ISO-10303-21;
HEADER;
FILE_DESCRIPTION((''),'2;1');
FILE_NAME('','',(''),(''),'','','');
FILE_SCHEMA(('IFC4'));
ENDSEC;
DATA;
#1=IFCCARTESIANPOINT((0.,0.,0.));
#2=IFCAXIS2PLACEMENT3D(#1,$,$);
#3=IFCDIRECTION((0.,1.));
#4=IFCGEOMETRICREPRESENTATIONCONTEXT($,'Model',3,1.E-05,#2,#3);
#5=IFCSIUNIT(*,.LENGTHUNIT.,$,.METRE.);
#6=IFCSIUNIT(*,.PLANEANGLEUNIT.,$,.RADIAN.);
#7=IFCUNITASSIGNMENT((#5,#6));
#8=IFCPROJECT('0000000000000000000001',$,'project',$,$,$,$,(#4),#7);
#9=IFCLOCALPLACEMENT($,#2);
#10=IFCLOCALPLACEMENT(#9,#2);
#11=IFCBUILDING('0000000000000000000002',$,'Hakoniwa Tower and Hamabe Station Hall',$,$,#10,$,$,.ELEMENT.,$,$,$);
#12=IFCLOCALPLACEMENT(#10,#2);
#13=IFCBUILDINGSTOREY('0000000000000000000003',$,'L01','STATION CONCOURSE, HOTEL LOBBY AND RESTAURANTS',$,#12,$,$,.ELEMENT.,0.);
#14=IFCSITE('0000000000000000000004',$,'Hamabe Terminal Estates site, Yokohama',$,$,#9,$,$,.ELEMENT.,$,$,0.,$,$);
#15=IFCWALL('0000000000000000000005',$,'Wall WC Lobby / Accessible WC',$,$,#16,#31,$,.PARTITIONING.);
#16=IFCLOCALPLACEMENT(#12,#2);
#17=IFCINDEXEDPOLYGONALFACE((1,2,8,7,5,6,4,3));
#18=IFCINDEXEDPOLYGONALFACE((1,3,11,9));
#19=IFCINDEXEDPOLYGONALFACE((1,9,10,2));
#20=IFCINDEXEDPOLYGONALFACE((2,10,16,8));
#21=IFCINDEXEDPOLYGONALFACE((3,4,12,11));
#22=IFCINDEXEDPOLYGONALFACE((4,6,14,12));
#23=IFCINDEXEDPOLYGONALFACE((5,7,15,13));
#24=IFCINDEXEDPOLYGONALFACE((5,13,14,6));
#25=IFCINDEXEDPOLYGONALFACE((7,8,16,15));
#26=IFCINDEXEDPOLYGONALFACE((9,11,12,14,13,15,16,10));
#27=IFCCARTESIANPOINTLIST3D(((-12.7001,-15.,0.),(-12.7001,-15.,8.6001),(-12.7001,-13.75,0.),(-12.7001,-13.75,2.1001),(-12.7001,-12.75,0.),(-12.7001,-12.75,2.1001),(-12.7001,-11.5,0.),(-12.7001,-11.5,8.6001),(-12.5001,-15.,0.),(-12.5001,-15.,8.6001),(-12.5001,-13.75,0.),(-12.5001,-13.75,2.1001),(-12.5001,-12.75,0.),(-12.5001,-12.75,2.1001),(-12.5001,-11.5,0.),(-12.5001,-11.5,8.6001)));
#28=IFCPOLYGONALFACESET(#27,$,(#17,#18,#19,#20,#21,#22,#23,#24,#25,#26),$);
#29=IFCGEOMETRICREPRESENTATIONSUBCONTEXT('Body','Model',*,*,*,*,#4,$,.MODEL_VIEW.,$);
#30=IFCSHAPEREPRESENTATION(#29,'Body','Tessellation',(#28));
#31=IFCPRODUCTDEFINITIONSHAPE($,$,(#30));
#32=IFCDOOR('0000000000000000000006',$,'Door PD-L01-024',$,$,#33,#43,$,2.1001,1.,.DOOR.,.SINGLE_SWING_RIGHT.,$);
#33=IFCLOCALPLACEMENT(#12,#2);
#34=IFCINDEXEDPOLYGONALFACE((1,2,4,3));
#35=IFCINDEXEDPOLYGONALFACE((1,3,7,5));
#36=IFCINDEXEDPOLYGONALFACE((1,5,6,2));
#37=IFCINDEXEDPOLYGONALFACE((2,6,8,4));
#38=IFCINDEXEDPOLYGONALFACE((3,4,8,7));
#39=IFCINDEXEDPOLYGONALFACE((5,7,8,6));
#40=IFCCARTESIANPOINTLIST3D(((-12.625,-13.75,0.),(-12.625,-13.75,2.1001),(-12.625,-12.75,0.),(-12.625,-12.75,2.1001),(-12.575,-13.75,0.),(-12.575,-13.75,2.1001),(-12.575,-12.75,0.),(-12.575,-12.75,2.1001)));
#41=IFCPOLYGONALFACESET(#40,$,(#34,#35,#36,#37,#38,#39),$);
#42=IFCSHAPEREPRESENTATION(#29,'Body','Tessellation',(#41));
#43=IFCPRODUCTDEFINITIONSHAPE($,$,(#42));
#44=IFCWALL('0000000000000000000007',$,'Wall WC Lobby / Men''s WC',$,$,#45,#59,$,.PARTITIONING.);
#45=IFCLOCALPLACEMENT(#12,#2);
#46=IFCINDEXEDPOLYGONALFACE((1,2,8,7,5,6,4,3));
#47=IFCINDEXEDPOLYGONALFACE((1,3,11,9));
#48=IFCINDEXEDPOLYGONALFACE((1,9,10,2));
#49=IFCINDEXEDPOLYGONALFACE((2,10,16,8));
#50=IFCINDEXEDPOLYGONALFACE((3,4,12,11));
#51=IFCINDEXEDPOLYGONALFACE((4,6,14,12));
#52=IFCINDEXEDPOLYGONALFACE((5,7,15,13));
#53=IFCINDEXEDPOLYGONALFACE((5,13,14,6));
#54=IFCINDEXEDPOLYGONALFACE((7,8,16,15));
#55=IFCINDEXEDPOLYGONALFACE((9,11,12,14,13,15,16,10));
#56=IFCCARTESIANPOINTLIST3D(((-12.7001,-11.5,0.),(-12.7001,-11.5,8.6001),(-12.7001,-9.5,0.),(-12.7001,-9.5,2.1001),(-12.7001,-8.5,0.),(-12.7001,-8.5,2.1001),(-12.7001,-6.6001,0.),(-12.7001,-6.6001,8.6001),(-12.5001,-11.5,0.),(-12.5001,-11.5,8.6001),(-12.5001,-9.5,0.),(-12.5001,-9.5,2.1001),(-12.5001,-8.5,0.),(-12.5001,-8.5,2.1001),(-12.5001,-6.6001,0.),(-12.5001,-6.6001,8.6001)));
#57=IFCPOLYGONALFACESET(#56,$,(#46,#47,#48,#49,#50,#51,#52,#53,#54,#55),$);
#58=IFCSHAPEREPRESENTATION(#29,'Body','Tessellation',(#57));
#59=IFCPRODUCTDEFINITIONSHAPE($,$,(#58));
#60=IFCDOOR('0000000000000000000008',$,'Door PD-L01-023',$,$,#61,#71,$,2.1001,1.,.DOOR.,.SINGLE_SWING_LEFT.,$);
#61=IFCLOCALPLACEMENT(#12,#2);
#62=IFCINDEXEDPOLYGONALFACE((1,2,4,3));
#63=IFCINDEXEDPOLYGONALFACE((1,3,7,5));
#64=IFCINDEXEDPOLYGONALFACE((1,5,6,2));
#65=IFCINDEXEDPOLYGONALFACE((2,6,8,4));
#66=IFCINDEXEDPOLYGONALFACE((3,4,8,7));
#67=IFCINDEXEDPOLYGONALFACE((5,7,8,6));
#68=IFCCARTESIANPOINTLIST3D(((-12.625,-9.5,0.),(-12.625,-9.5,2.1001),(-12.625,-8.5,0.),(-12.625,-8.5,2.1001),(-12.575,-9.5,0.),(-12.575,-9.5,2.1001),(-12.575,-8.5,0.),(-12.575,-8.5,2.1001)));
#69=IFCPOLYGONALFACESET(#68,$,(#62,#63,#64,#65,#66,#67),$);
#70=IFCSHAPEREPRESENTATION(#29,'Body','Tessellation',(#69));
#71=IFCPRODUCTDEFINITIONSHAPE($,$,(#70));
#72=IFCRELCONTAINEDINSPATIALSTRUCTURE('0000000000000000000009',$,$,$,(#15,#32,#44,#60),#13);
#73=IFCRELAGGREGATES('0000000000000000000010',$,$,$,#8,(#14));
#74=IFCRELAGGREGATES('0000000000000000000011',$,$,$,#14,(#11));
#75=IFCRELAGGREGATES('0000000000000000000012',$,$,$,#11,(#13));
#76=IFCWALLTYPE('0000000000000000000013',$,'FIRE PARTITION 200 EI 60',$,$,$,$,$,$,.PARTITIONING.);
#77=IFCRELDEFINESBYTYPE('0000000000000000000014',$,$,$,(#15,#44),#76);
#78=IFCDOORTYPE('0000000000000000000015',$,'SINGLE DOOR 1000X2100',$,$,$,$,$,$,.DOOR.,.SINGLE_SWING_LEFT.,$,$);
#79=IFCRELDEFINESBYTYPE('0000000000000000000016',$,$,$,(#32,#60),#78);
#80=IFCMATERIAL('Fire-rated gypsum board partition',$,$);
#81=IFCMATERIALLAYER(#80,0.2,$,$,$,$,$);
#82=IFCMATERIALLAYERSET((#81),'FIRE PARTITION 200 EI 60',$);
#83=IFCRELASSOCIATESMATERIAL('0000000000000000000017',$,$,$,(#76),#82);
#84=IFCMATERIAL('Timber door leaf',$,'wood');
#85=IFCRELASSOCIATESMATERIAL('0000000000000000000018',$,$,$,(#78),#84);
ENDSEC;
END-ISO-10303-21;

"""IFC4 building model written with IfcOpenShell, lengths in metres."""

from ifc_helpers import new_model, si_unit, direction, frame, frame_2d, origin, place, context, subcontext, project, spatial, rectangle, extrude, material, layer, layer_set, type_object, element, fill, save


model = new_model("IFC4")

# Units and contexts
model_context = context("Model", 3, precision=1e-05, world=origin(), true_north=direction((0.0, 1.0)))
body_context = subcontext(model_context, "Body", "Model", "MODEL_VIEW")
ifc_project = project(units=[si_unit("LENGTHUNIT", "METRE"), si_unit("PLANEANGLEUNIT", "RADIAN")], contexts=[model_context])

# Site, building, storey
site_placement = place(None, origin())
site = spatial("IfcSite", under=ifc_project, at=site_placement, Name="Hamabe Terminal Estates site, Yokohama", CompositionType="ELEMENT", RefElevation=0.0)
building_placement = place(site_placement, origin())
building = spatial("IfcBuilding", under=site, at=building_placement, Name="Hakoniwa Tower and Hamabe Station Hall", CompositionType="ELEMENT")
storey_placement = place(building_placement, origin())
storey = spatial("IfcBuildingStorey", under=building, at=storey_placement, Name="L01", Description="STATION CONCOURSE, HOTEL LOBBY AND RESTAURANTS", CompositionType="ELEMENT", Elevation=0.0)

# Shared definitions
ifc_material_1 = material(Name="Fire-rated gypsum board partition")
ifc_layer_1 = layer(ifc_material_1, 0.2)
ifc_layer_set_1 = layer_set([ifc_layer_1], Name="FIRE PARTITION 200 EI 60")
wall_type_1 = type_object("IfcWallType", Name="FIRE PARTITION 200 EI 60", PredefinedType="PARTITIONING", material=ifc_layer_set_1)

# Walls, openings, doors
wall_1_placement = place(storey_placement, frame((-12.6001, -15.0, 0.0), z_axis=(0.0, 0.0, 1.0), x_axis=(0.0, 1.0, 0.0)))
wall_1 = element("IfcWall", 1, at=wall_1_placement, inside=storey, type_object=wall_type_1, Name="Wall WC Lobby / Accessible WC", PredefinedType="PARTITIONING", context=body_context, shape_type="SweptSolid", body=[
    extrude(rectangle(XDim=3.5, YDim=0.2, at=frame_2d((1.75, 0.0))), origin(), (0.0, 0.0, 1.0), 8.6001),
])
opening_1_placement = place(wall_1_placement, frame((1.25, 0.0, 0.0)))
opening_1 = element("IfcOpeningElement", 2, at=opening_1_placement, cuts=wall_1, PredefinedType="OPENING", context=body_context, shape_type="SweptSolid", body=[
    extrude(rectangle(XDim=1.0, YDim=2.1001, at=frame_2d((0.5, 1.05))), frame((0.0, 0.1099, 0.0), z_axis=(0.0, -1.0, 0.0), x_axis=(1.0, 0.0, 0.0)), (0.0, 0.0, 1.0), 0.22),
])
ifc_material_2 = material(Name="Timber door leaf", Category="wood")
door_type_1 = type_object("IfcDoorType", Name="SINGLE DOOR 1000X2100", OperationType="SINGLE_SWING_LEFT", PredefinedType="DOOR", material=ifc_material_2)
door_1_placement = place(opening_1_placement, origin())
door_1 = element("IfcDoor", 3, at=door_1_placement, inside=storey, type_object=door_type_1, Name="Door PD-L01-024", OperationType="SINGLE_SWING_RIGHT", OverallHeight=2.1001, OverallWidth=1.0, PredefinedType="DOOR", context=body_context, shape_type="SweptSolid", body=[
    extrude(rectangle(XDim=1.0, YDim=2.1001, at=frame_2d((0.5, 1.05))), frame((0.0, 0.0249, 0.0), z_axis=(0.0, -1.0, 0.0), x_axis=(1.0, 0.0, 0.0)), (0.0, 0.0, 1.0), 0.05),
])
fill(opening_1, door_1)
wall_2_placement = place(storey_placement, frame((-12.6001, -11.5, 0.0), z_axis=(0.0, 0.0, 1.0), x_axis=(0.0, 1.0, 0.0)))
wall_2 = element("IfcWall", 4, at=wall_2_placement, inside=storey, type_object=wall_type_1, Name="Wall WC Lobby / Men's WC", PredefinedType="PARTITIONING", context=body_context, shape_type="SweptSolid", body=[
    extrude(rectangle(XDim=4.8999, YDim=0.2, at=frame_2d((2.45, 0.0))), origin(), (0.0, 0.0, 1.0), 8.6001),
])
opening_2_placement = place(wall_2_placement, frame((2.0, 0.0, 0.0)))
opening_2 = element("IfcOpeningElement", 5, at=opening_2_placement, cuts=wall_2, PredefinedType="OPENING", context=body_context, shape_type="SweptSolid", body=[
    extrude(rectangle(XDim=1.0, YDim=2.1001, at=frame_2d((0.5, 1.05))), frame((0.0, 0.1099, 0.0), z_axis=(0.0, -1.0, 0.0), x_axis=(1.0, 0.0, 0.0)), (0.0, 0.0, 1.0), 0.22),
])
door_2_placement = place(opening_2_placement, origin())
door_2 = element("IfcDoor", 6, at=door_2_placement, inside=storey, type_object=door_type_1, Name="Door PD-L01-023", OperationType="SINGLE_SWING_LEFT", OverallHeight=2.1001, OverallWidth=1.0, PredefinedType="DOOR", context=body_context, shape_type="SweptSolid", body=[
    extrude(rectangle(XDim=1.0, YDim=2.1001, at=frame_2d((0.5, 1.05))), frame((0.0, 0.0249, 0.0), z_axis=(0.0, -1.0, 0.0), x_axis=(1.0, 0.0, 0.0)), (0.0, 0.0, 1.0), 0.05),
])
fill(opening_2, door_2)

save(model, "model.ifc")
